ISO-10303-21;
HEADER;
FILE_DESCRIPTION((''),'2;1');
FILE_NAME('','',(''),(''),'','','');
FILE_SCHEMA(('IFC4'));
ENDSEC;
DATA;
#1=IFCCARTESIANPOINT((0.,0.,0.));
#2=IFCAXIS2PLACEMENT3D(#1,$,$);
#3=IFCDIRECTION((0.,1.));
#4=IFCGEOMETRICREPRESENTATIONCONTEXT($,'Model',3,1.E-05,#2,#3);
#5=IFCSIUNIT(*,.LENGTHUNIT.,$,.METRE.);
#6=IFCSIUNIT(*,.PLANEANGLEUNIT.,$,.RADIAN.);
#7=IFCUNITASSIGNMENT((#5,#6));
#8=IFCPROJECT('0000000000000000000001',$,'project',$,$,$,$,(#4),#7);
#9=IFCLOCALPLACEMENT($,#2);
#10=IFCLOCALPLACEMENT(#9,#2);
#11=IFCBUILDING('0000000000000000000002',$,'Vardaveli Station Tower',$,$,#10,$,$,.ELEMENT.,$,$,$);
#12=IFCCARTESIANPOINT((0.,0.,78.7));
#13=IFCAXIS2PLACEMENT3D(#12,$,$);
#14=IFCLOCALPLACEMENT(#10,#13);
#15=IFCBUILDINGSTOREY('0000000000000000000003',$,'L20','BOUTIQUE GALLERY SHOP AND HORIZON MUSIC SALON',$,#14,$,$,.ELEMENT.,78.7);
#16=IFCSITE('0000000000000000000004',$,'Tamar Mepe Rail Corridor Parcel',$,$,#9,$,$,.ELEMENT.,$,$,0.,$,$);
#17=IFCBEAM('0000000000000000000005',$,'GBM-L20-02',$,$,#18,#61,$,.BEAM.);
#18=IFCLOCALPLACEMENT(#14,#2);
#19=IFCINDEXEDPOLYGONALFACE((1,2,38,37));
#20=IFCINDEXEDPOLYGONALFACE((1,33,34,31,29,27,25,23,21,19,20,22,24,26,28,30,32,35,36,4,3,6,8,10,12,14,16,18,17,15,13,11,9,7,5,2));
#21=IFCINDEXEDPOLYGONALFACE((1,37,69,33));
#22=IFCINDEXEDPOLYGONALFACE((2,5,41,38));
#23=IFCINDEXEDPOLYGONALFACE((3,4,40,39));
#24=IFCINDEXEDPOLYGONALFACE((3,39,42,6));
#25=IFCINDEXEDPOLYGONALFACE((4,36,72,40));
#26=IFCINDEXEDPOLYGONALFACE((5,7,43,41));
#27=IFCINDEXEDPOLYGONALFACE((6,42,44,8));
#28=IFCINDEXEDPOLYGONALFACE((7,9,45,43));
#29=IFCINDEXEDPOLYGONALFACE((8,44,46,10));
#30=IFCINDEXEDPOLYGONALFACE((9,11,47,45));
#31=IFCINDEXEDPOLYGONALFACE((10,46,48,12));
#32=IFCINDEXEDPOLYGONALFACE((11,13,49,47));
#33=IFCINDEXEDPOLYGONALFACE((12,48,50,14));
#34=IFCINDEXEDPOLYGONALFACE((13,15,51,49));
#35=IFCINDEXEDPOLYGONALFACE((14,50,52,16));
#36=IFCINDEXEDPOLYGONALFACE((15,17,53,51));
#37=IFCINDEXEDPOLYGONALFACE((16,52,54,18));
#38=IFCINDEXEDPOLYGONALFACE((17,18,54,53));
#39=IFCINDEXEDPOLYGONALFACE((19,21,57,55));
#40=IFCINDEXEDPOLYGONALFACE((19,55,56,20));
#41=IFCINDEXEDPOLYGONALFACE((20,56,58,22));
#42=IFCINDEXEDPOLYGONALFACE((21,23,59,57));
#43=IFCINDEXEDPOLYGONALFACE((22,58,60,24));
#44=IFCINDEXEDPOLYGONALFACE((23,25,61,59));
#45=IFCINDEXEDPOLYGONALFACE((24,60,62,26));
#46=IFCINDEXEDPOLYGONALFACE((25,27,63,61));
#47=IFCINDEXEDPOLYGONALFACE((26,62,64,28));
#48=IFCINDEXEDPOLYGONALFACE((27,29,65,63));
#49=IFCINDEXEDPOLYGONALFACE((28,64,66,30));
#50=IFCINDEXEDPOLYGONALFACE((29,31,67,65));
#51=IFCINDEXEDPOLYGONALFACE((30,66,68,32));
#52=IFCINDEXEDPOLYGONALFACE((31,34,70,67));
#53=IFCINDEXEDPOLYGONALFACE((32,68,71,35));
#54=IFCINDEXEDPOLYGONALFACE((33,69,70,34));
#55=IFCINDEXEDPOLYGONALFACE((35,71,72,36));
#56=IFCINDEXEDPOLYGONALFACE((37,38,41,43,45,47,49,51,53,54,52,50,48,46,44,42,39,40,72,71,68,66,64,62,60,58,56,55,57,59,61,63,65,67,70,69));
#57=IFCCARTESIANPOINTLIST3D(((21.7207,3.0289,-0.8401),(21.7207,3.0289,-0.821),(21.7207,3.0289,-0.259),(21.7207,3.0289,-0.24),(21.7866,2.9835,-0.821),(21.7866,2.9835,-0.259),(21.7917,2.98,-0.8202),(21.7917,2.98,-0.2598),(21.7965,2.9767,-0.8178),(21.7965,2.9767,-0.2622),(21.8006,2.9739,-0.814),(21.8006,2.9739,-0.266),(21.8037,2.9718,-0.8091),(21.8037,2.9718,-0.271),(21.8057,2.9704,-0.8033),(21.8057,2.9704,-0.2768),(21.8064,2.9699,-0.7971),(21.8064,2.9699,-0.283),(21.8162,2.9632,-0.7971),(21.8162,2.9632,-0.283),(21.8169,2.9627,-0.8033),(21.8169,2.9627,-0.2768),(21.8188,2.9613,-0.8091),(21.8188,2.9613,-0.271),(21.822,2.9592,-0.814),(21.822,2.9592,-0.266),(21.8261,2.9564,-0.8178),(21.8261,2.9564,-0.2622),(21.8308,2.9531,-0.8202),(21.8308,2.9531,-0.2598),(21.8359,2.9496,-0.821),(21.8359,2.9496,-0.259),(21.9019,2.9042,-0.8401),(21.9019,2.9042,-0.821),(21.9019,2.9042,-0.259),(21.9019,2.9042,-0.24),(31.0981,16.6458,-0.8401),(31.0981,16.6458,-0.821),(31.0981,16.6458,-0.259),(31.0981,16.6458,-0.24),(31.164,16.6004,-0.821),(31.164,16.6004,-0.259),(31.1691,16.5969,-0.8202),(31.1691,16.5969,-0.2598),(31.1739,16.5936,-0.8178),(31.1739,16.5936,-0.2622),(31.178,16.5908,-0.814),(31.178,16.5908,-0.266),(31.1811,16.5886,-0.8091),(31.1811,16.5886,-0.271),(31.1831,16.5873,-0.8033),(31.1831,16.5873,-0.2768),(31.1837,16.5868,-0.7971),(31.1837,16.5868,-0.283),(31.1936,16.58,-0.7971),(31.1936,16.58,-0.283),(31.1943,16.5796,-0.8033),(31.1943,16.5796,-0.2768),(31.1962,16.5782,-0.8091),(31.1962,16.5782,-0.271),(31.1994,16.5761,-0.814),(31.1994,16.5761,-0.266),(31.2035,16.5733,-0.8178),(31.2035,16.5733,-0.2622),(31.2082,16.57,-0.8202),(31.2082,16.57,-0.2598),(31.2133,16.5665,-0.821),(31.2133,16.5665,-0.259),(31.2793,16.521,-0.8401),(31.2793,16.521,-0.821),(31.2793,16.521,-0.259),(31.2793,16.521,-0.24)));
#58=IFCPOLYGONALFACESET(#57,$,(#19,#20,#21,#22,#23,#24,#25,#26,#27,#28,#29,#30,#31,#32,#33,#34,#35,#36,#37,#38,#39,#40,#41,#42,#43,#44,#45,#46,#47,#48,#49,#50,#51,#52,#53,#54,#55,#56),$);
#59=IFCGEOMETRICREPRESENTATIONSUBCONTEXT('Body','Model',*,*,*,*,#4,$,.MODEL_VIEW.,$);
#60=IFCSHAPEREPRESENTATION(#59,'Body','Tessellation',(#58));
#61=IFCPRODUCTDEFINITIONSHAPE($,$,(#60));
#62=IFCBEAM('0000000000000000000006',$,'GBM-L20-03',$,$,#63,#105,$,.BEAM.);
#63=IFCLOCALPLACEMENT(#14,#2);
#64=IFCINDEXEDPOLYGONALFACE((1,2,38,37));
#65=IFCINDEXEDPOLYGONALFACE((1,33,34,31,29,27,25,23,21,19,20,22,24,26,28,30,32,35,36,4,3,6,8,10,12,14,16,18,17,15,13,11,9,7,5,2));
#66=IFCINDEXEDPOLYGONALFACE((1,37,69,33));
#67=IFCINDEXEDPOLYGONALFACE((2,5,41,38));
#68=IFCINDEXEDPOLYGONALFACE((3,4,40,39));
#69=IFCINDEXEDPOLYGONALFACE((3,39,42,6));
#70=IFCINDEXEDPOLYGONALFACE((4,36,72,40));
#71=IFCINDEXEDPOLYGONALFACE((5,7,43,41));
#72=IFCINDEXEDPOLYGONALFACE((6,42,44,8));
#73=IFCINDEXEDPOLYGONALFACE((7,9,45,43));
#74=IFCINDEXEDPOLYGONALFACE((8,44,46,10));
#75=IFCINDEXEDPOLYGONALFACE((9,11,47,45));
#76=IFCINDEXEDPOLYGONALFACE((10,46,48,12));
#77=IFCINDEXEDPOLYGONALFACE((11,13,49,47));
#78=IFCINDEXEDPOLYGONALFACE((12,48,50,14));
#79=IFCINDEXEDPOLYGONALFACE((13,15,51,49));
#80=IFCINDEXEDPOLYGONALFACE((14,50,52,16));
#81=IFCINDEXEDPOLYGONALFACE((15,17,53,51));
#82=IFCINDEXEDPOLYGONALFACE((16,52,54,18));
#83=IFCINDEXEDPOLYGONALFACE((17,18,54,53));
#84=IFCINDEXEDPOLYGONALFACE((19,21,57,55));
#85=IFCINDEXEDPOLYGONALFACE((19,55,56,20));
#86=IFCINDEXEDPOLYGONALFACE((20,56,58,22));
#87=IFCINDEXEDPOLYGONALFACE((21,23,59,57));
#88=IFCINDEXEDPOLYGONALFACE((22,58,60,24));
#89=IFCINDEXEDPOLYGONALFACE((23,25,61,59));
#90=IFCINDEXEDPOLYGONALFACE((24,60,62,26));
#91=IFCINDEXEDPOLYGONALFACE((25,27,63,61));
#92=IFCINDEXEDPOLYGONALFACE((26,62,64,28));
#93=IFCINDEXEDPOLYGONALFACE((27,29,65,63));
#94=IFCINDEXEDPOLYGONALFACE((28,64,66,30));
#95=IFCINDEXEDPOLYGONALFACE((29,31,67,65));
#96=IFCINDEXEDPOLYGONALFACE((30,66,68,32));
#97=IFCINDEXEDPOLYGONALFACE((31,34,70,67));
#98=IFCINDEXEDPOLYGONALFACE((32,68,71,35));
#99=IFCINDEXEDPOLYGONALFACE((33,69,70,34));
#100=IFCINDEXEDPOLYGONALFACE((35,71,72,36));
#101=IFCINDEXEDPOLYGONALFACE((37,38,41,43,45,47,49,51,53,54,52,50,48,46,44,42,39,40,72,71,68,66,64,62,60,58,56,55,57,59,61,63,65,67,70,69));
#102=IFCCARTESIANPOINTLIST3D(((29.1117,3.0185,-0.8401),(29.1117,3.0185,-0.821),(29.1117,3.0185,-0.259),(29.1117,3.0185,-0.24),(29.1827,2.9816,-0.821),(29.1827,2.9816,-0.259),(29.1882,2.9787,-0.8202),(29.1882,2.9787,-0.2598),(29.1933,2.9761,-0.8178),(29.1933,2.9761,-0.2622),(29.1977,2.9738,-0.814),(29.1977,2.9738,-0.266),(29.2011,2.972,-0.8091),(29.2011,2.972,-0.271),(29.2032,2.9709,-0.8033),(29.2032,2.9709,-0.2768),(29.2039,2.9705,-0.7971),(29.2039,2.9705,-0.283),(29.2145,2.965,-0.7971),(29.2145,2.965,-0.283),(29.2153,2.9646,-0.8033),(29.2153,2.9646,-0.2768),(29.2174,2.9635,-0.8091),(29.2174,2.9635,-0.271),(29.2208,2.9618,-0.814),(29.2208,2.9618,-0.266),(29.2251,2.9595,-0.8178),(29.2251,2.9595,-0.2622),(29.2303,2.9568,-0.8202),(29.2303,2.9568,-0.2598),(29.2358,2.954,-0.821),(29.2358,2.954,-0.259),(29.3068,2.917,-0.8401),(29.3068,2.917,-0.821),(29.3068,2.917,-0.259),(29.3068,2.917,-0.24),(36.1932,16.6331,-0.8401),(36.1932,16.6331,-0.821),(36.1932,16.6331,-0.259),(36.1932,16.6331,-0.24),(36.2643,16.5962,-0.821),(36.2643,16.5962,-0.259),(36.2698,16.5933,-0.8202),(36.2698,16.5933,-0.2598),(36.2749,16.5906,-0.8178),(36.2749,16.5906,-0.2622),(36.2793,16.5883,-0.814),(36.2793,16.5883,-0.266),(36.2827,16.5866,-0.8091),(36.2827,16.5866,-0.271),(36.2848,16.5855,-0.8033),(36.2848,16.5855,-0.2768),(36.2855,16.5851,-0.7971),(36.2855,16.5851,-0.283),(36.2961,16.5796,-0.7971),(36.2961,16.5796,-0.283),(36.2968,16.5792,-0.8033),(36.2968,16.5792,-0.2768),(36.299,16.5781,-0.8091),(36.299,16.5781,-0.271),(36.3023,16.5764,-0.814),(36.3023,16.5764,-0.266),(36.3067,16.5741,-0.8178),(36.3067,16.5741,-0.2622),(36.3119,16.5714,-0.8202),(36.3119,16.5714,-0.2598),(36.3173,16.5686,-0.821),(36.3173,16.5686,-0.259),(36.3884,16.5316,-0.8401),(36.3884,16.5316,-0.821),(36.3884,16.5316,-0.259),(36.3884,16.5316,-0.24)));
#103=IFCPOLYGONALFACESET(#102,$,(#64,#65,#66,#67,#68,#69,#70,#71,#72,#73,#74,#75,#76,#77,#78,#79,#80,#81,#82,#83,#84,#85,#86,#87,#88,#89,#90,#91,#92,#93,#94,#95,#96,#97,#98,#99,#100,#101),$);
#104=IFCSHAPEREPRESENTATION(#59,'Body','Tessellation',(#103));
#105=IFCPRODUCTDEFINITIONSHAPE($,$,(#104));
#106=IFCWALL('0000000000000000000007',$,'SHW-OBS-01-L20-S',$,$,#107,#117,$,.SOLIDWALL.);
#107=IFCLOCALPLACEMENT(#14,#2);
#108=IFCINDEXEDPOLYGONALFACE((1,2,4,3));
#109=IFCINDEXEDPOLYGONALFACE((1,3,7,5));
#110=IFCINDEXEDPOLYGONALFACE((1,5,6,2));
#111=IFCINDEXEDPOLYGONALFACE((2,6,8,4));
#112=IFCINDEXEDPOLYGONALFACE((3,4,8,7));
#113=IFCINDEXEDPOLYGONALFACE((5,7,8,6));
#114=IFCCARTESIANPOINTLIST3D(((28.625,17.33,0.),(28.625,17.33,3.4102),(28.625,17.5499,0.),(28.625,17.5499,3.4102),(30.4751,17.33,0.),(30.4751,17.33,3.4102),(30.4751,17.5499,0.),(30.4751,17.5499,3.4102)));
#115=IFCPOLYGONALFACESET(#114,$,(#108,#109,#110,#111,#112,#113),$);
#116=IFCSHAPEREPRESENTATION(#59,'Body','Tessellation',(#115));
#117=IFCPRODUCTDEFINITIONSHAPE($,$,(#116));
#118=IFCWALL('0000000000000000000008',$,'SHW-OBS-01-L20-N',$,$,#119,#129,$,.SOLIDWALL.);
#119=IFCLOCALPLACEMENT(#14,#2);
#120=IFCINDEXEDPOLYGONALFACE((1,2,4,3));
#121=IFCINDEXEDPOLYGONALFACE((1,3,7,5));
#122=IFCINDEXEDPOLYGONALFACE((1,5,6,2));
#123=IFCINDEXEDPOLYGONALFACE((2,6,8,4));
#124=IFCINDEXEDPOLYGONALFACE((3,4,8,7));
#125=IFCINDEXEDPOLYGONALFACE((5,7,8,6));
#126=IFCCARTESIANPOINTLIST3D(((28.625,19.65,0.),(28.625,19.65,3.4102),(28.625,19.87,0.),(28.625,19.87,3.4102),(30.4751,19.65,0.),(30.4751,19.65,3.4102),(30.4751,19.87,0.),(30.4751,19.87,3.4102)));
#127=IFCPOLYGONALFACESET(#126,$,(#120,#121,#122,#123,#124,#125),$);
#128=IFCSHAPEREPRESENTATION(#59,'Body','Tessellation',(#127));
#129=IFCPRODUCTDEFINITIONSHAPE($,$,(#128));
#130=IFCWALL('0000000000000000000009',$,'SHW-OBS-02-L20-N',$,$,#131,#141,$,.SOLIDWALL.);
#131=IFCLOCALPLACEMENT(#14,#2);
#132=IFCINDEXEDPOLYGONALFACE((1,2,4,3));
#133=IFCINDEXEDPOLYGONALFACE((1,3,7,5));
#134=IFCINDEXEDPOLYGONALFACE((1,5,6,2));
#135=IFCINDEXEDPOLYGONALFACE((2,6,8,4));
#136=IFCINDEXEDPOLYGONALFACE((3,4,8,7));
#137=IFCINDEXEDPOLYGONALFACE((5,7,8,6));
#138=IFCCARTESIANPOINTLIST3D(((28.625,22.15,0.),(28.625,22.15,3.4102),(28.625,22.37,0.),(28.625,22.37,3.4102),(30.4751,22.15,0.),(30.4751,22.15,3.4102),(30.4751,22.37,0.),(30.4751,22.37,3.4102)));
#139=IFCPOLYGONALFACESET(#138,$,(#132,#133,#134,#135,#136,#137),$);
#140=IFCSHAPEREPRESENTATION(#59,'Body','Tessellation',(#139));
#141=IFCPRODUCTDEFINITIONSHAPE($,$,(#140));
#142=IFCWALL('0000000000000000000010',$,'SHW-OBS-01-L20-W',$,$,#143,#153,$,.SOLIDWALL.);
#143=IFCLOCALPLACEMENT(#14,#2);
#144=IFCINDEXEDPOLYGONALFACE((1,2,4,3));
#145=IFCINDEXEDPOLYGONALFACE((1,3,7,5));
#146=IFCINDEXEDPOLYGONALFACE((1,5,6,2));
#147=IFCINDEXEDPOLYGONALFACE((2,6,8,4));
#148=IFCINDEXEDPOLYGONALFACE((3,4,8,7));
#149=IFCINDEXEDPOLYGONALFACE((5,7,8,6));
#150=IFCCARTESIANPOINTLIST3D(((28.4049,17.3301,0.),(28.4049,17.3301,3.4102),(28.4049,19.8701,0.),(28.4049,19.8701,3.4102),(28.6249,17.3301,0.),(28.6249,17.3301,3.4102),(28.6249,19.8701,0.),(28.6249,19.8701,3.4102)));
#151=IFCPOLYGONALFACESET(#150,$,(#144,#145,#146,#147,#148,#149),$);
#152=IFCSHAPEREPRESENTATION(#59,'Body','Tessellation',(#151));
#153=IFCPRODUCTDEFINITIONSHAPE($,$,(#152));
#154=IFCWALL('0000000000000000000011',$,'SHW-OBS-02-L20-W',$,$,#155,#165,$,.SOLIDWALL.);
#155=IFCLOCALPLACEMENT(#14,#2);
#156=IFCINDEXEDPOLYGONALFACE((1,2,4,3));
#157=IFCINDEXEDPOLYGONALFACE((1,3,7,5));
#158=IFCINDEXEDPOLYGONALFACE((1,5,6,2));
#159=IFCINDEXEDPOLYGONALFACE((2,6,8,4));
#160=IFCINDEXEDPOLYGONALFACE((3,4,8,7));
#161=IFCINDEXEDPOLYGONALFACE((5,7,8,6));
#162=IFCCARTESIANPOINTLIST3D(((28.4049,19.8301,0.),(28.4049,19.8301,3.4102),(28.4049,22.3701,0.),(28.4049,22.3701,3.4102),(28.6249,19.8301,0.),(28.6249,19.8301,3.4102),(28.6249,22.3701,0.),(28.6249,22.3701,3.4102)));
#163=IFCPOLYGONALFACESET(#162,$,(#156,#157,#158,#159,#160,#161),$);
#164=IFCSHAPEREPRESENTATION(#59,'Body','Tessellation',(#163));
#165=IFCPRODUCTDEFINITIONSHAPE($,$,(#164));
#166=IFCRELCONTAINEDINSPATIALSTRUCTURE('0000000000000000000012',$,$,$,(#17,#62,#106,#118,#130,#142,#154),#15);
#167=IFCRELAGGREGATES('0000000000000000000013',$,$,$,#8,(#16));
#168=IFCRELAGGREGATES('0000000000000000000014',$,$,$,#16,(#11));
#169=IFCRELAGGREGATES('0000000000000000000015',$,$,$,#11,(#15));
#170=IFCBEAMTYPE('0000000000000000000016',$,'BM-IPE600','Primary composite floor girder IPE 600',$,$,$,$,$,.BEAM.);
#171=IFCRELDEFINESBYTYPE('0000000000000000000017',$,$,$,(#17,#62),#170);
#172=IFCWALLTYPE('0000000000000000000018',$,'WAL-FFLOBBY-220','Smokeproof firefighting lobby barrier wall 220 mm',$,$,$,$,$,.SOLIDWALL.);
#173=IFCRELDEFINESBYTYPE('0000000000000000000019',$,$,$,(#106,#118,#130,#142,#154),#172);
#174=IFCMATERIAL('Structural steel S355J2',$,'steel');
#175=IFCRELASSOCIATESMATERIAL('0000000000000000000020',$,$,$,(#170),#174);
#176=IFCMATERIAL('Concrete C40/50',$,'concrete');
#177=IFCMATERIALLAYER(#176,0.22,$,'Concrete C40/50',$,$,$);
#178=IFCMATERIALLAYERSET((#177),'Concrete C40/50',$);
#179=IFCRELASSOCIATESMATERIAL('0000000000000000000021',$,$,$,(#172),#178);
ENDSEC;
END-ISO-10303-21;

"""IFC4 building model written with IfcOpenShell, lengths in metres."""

from ifc_helpers import new_model, si_unit, direction, frame, frame_2d, origin, origin_2d, place, context, subcontext, project, spatial, rectangle, i_section, extrude, source, transform, mapped, material, layer, layer_set, material_profile, profile_set, type_object, element, save


model = new_model("IFC4")

# Units and contexts
model_context = context("Model", 3, precision=1e-05, world=origin(), true_north=direction((0.0, 1.0)))
body_context = subcontext(model_context, "Body", "Model", "MODEL_VIEW")
ifc_project = project(units=[si_unit("LENGTHUNIT", "METRE"), si_unit("PLANEANGLEUNIT", "RADIAN")], contexts=[model_context])

# Site, building, storey
site_placement = place(None, origin())
site = spatial("IfcSite", under=ifc_project, at=site_placement, Name="Tamar Mepe Rail Corridor Parcel", CompositionType="ELEMENT", RefElevation=0.0)
building_placement = place(site_placement, origin())
building = spatial("IfcBuilding", under=site, at=building_placement, Name="Vardaveli Station Tower", CompositionType="ELEMENT")
storey_placement = place(building_placement, frame((0.0, 0.0, 78.7)))
storey = spatial("IfcBuildingStorey", under=building, at=storey_placement, Name="L20", Description="BOUTIQUE GALLERY SHOP AND HORIZON MUSIC SALON", CompositionType="ELEMENT", Elevation=78.7)

# Beams
ifc_material_1 = material(Name="Structural steel S355J2", Category="steel")
ifc_material_profile_1 = material_profile(ifc_material_1, i_section(OverallWidth=0.22, OverallDepth=0.6001, WebThickness=0.012, FlangeThickness=0.019, FilletRadius=0.0239, at=origin_2d()), Name="IPE 600")
ifc_profile_set_1 = profile_set([ifc_material_profile_1], Name="Structural steel S355J2")
beam_type_1 = type_object("IfcBeamType", Name="BM-IPE600", Description="Primary composite floor girder IPE 600", PredefinedType="BEAM", material=ifc_profile_set_1)
shared_shape_1 = source(origin(), body_context, "Body", "SweptSolid", [
    extrude(i_section(OverallWidth=0.22, OverallDepth=0.6001, WebThickness=0.012, FlangeThickness=0.019, FilletRadius=0.0239, at=origin_2d()), origin(), (0.0, 0.0, 1.0), 16.5334),
])
beam_1_placement = place(storey_placement, frame((21.8113, 2.9666, -0.54), z_axis=(0.567177, 0.823596, 0.0), x_axis=(-0.823596, 0.567177, 0.0)))
element("IfcBeam", 1, at=beam_1_placement, inside=storey, type_object=beam_type_1, Name="GBM-L20-02", PredefinedType="BEAM", context=body_context, shape_type="MappedRepresentation", body=[
    mapped(shared_shape_1, transform((0.0, 0.0, 0.0), scale=1.0)),
])
shared_shape_2 = source(origin(), body_context, "Body", "SweptSolid", [
    extrude(i_section(OverallWidth=0.22, OverallDepth=0.6001, WebThickness=0.012, FlangeThickness=0.019, FilletRadius=0.0239, at=origin_2d()), origin(), (0.0, 0.0, 1.0), 15.3462),
])
beam_2_placement = place(storey_placement, frame((29.2092, 2.9678, -0.54), z_axis=(0.461455, 0.887163, 0.0), x_axis=(-0.887163, 0.461455, 0.0)))
element("IfcBeam", 2, at=beam_2_placement, inside=storey, type_object=beam_type_1, Name="GBM-L20-03", PredefinedType="BEAM", context=body_context, shape_type="MappedRepresentation", body=[
    mapped(shared_shape_2, transform((0.0, 0.0, 0.0), scale=1.0)),
])

# Walls
ifc_material_2 = material(Name="Concrete C40/50", Category="concrete")
ifc_layer_1 = layer(ifc_material_2, 0.22, Name="Concrete C40/50")
ifc_layer_set_1 = layer_set([ifc_layer_1], Name="Concrete C40/50")
wall_type_1 = type_object("IfcWallType", Name="WAL-FFLOBBY-220", Description="Smokeproof firefighting lobby barrier wall 220 mm", PredefinedType="SOLIDWALL", material=ifc_layer_set_1)
shared_shape_3 = source(origin(), body_context, "Body", "SweptSolid", [
    extrude(rectangle(XDim=1.8501, YDim=0.22, at=frame_2d((0.925, 0.0))), origin(), (0.0, 0.0, 1.0), 3.4102),
])
for number, where, z_axis, x_axis, name in (
    (3, (28.625, 17.4399, 0.0), (0.0, 0.0, 1.0), (1.0, 0.0, 0.0), "SHW-OBS-01-L20-S"),
    (4, (28.625, 19.76, 0.0), (0.0, 0.0, 1.0), (1.0, 0.0, 0.0), "SHW-OBS-01-L20-N"),
    (5, (28.625, 22.26, 0.0), (0.0, 0.0, 1.0), (1.0, 0.0, 0.0), "SHW-OBS-02-L20-N"),
):
    element("IfcWall", number, at=place(storey_placement, frame(where, z_axis=z_axis, x_axis=x_axis)), inside=storey, type_object=wall_type_1, Name=name, PredefinedType="SOLIDWALL", context=body_context, shape_type="MappedRepresentation", body=[
        mapped(shared_shape_3, transform((0.0, 0.0, 0.0), scale=1.0)),
    ])
shared_shape_4 = source(origin(), body_context, "Body", "SweptSolid", [
    extrude(rectangle(XDim=2.54, YDim=0.22, at=frame_2d((1.27, 0.0))), origin(), (0.0, 0.0, 1.0), 3.4102),
])
for number, where, z_axis, x_axis, name in (
    (6, (28.5149, 17.3301, 0.0), (0.0, 0.0, 1.0), (0.0, 1.0, 0.0), "SHW-OBS-01-L20-W"),
    (7, (28.5149, 19.8301, 0.0), (0.0, 0.0, 1.0), (0.0, 1.0, 0.0), "SHW-OBS-02-L20-W"),
):
    element("IfcWall", number, at=place(storey_placement, frame(where, z_axis=z_axis, x_axis=x_axis)), inside=storey, type_object=wall_type_1, Name=name, PredefinedType="SOLIDWALL", context=body_context, shape_type="MappedRepresentation", body=[
        mapped(shared_shape_4, transform((0.0, 0.0, 0.0), scale=1.0)),
    ])

save(model, "model.ifc")
